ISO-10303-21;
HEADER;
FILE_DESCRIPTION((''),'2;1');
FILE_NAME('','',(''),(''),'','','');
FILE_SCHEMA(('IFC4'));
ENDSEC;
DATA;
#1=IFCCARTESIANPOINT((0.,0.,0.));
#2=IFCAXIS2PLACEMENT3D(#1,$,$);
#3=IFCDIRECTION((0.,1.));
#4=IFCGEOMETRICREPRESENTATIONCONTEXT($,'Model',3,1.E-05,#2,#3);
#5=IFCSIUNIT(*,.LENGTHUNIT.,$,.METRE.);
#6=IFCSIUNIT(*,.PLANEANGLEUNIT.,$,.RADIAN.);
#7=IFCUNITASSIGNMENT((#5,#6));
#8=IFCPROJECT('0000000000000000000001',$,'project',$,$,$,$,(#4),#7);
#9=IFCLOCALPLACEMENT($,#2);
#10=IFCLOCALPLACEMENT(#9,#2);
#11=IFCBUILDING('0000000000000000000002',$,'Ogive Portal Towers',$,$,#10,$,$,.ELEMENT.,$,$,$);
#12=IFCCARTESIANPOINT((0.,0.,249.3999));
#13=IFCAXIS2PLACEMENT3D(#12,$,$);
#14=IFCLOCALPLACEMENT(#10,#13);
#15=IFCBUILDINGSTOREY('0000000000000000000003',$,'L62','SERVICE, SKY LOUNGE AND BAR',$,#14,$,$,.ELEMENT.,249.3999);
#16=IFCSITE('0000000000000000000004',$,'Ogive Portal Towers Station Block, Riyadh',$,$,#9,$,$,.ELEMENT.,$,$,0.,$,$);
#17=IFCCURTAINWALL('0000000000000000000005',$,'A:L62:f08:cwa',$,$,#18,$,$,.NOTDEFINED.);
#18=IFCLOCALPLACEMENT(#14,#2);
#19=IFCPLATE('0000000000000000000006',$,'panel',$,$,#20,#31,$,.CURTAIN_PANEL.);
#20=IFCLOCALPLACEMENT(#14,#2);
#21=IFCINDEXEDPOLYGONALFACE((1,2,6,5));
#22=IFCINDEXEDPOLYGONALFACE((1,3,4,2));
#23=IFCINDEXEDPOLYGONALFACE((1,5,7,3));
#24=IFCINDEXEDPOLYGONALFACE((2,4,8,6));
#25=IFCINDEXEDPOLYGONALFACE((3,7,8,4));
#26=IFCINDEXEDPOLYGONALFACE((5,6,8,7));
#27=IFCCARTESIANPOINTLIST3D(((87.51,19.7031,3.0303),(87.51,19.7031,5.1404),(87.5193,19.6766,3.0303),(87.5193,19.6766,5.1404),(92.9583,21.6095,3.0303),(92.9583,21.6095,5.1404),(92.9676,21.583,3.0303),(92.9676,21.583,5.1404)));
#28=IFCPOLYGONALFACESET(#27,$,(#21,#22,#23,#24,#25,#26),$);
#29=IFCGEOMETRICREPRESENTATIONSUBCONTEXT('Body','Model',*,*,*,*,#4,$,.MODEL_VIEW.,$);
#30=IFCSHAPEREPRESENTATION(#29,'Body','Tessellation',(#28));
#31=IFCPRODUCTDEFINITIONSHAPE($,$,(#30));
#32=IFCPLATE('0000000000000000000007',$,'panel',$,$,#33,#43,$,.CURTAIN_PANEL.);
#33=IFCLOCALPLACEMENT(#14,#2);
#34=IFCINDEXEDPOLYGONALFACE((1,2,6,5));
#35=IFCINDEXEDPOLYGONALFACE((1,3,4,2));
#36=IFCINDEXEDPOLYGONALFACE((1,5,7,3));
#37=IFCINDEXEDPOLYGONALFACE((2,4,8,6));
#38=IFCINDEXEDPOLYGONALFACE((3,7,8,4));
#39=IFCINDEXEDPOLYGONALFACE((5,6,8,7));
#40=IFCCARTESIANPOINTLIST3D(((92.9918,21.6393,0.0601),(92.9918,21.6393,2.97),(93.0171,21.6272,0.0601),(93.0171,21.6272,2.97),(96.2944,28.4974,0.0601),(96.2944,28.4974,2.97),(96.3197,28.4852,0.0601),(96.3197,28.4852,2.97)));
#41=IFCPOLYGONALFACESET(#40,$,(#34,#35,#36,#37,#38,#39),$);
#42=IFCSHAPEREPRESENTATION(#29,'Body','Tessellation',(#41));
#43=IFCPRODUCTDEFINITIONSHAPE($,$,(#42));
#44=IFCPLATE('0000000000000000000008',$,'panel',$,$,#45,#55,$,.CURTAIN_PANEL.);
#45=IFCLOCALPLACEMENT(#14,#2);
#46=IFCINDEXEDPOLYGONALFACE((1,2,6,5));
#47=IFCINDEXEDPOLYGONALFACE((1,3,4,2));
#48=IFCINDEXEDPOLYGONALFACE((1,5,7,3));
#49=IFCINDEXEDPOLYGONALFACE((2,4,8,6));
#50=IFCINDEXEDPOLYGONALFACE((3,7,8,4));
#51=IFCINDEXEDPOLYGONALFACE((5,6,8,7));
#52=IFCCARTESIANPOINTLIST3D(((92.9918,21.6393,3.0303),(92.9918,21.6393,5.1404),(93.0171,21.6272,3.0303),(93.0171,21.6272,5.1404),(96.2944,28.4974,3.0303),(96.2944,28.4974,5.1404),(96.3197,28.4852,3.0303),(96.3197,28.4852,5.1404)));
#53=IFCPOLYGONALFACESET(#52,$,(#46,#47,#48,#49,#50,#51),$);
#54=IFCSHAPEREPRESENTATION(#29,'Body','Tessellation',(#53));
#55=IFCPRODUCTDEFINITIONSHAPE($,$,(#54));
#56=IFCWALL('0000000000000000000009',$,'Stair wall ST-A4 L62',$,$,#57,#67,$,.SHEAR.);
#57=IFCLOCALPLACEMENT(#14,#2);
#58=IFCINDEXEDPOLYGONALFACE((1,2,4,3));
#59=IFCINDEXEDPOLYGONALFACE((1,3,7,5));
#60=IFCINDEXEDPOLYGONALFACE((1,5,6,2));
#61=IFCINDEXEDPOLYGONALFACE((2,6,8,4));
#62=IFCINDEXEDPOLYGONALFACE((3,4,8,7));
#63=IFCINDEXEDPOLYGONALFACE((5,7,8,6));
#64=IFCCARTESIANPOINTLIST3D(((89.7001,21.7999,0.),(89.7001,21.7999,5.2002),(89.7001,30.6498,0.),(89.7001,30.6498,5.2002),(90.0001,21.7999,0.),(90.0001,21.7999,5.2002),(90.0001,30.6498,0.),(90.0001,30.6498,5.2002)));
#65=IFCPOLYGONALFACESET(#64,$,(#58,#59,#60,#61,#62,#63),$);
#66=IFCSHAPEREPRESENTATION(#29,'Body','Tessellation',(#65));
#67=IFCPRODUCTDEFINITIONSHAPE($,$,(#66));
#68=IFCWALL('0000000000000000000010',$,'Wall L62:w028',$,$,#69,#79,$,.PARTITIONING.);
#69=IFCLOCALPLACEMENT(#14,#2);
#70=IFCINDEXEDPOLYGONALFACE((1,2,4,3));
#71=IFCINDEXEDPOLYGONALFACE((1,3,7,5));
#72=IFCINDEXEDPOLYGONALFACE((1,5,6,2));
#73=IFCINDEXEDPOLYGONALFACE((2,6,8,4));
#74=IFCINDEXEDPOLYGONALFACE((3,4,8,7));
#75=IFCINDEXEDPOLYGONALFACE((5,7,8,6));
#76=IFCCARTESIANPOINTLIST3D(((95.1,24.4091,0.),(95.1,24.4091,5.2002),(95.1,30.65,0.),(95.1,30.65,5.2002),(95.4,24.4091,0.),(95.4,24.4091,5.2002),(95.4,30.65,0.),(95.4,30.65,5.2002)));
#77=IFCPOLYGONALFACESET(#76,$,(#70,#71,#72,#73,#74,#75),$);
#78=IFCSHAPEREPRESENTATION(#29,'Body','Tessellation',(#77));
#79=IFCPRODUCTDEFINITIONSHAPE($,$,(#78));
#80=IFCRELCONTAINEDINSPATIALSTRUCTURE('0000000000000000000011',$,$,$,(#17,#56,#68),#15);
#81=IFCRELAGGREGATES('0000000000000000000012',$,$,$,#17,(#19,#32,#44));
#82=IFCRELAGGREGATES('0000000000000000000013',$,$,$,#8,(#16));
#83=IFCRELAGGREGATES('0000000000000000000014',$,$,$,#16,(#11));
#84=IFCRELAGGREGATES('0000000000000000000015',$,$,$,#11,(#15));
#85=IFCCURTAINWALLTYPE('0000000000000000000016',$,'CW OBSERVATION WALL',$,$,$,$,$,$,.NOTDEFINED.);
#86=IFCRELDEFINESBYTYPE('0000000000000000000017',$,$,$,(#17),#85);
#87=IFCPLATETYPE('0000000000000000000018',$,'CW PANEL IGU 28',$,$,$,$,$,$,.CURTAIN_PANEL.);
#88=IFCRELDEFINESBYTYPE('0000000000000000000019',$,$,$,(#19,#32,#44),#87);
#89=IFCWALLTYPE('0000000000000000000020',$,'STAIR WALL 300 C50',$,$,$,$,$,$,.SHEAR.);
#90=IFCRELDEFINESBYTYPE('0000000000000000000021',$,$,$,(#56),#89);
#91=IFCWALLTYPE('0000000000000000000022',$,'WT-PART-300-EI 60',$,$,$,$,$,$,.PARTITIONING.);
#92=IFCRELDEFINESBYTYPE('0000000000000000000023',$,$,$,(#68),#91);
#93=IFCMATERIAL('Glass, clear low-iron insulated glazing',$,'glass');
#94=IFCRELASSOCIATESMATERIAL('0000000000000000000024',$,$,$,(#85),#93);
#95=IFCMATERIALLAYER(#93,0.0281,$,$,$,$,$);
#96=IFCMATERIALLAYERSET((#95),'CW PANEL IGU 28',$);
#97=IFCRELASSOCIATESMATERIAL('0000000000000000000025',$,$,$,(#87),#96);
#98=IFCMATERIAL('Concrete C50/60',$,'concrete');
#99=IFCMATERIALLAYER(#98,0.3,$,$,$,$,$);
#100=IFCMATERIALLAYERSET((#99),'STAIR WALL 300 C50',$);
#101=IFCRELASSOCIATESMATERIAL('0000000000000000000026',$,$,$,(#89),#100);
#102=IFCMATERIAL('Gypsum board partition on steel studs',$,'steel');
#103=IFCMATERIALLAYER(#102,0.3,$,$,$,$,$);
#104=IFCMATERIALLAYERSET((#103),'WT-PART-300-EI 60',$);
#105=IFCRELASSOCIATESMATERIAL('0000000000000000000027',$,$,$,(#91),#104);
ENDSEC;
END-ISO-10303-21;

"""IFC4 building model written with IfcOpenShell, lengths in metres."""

from ifc_helpers import new_model, si_unit, direction, frame, frame_2d, origin, origin_2d, place, context, subcontext, project, spatial, rectangle, extrude, material, layer, layer_set, type_object, element, aggregate, save


model = new_model("IFC4")

# Units and contexts
model_context = context("Model", 3, precision=1e-05, world=origin(), true_north=direction((0.0, 1.0)))
body_context = subcontext(model_context, "Body", "Model", "MODEL_VIEW")
ifc_project = project(units=[si_unit("LENGTHUNIT", "METRE"), si_unit("PLANEANGLEUNIT", "RADIAN")], contexts=[model_context])

# Site, building, storey
site_placement = place(None, origin())
site = spatial("IfcSite", under=ifc_project, at=site_placement, Name="Ogive Portal Towers Station Block, Riyadh", CompositionType="ELEMENT", RefElevation=0.0)
building_placement = place(site_placement, origin())
building = spatial("IfcBuilding", under=site, at=building_placement, Name="Ogive Portal Towers", CompositionType="ELEMENT")
storey_placement = place(building_placement, frame((0.0, 0.0, 249.3999)))
storey = spatial("IfcBuildingStorey", under=building, at=storey_placement, Name="L62", Description="SERVICE, SKY LOUNGE AND BAR", CompositionType="ELEMENT", Elevation=249.3999)

# Curtain wall
ifc_material_1 = material(Name="Glass, clear low-iron insulated glazing", Category="glass")
curtain_wall_type = type_object("IfcCurtainWallType", Name="CW OBSERVATION WALL", PredefinedType="NOTDEFINED", material=ifc_material_1)
curtain_wall_1_placement = place(storey_placement, origin())
curtain_wall_1 = element("IfcCurtainWall", 1, at=curtain_wall_1_placement, inside=storey, type_object=curtain_wall_type, Name="A:L62:f08:cwa", PredefinedType="NOTDEFINED")

# Plates
ifc_layer_1 = layer(ifc_material_1, 0.0281)
ifc_layer_set_1 = layer_set([ifc_layer_1], Name="CW PANEL IGU 28")
plate_type = type_object("IfcPlateType", Name="CW PANEL IGU 28", PredefinedType="CURTAIN_PANEL", material=ifc_layer_set_1)
plate_1_placement = place(storey_placement, frame((90.2388, 20.6431, 3.0303), z_axis=(0.0, 0.0, 1.0), x_axis=(0.943883, 0.330279, 0.0)))
plate_1 = element("IfcPlate", 2, at=plate_1_placement, type_object=plate_type, Name="panel", PredefinedType="CURTAIN_PANEL", context=body_context, shape_type="SweptSolid", body=[
    extrude(rectangle(XDim=5.7722, YDim=0.0281, at=origin_2d()), origin(), (0.0, 0.0, 1.0), 2.1101),
])
plate_2_placement = place(storey_placement, frame((94.6558, 25.0623, 0.0601), z_axis=(0.0, 0.0, 1.0), x_axis=(0.433884, 0.900969, 0.0)))
plate_2 = element("IfcPlate", 3, at=plate_2_placement, type_object=plate_type, Name="panel", PredefinedType="CURTAIN_PANEL", context=body_context, shape_type="SweptSolid", body=[
    extrude(rectangle(XDim=7.6118, YDim=0.0281, at=origin_2d()), origin(), (0.0, 0.0, 1.0), 2.9099),
])
plate_3_placement = place(storey_placement, frame((94.6558, 25.0623, 3.0303), z_axis=(0.0, 0.0, 1.0), x_axis=(0.433884, 0.900969, 0.0)))
plate_3 = element("IfcPlate", 4, at=plate_3_placement, type_object=plate_type, Name="panel", PredefinedType="CURTAIN_PANEL", context=body_context, shape_type="SweptSolid", body=[
    extrude(rectangle(XDim=7.6118, YDim=0.0281, at=origin_2d()), origin(), (0.0, 0.0, 1.0), 2.1101),
])
aggregate(curtain_wall_1, [plate_1, plate_2, plate_3])

# Walls
ifc_material_2 = material(Name="Concrete C50/60", Category="concrete")
ifc_layer_2 = layer(ifc_material_2, 0.3)
ifc_layer_set_2 = layer_set([ifc_layer_2], Name="STAIR WALL 300 C50")
wall_type_1 = type_object("IfcWallType", Name="STAIR WALL 300 C50", PredefinedType="SHEAR", material=ifc_layer_set_2)
wall_1_placement = place(storey_placement, frame((89.8501, 21.8, 0.0), z_axis=(0.0, 0.0, 1.0), x_axis=(0.0, 1.0, 0.0)))
element("IfcWall", 5, at=wall_1_placement, inside=storey, type_object=wall_type_1, Name="Stair wall ST-A4 L62", PredefinedType="SHEAR", context=body_context, shape_type="SweptSolid", body=[
    extrude(rectangle(XDim=8.8499, YDim=0.3, at=frame_2d((4.4248, 0.0))), origin(), (0.0, 0.0, 1.0), 5.2002),
])
ifc_material_3 = material(Name="Gypsum board partition on steel studs", Category="steel")
ifc_layer_3 = layer(ifc_material_3, 0.3)
ifc_layer_set_3 = layer_set([ifc_layer_3], Name="WT-PART-300-EI 60")
wall_type_2 = type_object("IfcWallType", Name="WT-PART-300-EI 60", PredefinedType="PARTITIONING", material=ifc_layer_set_3)
wall_2_placement = place(storey_placement, frame((95.25, 24.4089, 0.0), z_axis=(0.0, 0.0, 1.0), x_axis=(0.0, 1.0, 0.0)))
element("IfcWall", 6, at=wall_2_placement, inside=storey, type_object=wall_type_2, Name="Wall L62:w028", PredefinedType="PARTITIONING", context=body_context, shape_type="SweptSolid", body=[
    extrude(rectangle(XDim=6.241, YDim=0.3, at=frame_2d((3.1206, 0.0))), origin(), (0.0, 0.0, 1.0), 5.2002),
])

save(model, "model.ifc")
